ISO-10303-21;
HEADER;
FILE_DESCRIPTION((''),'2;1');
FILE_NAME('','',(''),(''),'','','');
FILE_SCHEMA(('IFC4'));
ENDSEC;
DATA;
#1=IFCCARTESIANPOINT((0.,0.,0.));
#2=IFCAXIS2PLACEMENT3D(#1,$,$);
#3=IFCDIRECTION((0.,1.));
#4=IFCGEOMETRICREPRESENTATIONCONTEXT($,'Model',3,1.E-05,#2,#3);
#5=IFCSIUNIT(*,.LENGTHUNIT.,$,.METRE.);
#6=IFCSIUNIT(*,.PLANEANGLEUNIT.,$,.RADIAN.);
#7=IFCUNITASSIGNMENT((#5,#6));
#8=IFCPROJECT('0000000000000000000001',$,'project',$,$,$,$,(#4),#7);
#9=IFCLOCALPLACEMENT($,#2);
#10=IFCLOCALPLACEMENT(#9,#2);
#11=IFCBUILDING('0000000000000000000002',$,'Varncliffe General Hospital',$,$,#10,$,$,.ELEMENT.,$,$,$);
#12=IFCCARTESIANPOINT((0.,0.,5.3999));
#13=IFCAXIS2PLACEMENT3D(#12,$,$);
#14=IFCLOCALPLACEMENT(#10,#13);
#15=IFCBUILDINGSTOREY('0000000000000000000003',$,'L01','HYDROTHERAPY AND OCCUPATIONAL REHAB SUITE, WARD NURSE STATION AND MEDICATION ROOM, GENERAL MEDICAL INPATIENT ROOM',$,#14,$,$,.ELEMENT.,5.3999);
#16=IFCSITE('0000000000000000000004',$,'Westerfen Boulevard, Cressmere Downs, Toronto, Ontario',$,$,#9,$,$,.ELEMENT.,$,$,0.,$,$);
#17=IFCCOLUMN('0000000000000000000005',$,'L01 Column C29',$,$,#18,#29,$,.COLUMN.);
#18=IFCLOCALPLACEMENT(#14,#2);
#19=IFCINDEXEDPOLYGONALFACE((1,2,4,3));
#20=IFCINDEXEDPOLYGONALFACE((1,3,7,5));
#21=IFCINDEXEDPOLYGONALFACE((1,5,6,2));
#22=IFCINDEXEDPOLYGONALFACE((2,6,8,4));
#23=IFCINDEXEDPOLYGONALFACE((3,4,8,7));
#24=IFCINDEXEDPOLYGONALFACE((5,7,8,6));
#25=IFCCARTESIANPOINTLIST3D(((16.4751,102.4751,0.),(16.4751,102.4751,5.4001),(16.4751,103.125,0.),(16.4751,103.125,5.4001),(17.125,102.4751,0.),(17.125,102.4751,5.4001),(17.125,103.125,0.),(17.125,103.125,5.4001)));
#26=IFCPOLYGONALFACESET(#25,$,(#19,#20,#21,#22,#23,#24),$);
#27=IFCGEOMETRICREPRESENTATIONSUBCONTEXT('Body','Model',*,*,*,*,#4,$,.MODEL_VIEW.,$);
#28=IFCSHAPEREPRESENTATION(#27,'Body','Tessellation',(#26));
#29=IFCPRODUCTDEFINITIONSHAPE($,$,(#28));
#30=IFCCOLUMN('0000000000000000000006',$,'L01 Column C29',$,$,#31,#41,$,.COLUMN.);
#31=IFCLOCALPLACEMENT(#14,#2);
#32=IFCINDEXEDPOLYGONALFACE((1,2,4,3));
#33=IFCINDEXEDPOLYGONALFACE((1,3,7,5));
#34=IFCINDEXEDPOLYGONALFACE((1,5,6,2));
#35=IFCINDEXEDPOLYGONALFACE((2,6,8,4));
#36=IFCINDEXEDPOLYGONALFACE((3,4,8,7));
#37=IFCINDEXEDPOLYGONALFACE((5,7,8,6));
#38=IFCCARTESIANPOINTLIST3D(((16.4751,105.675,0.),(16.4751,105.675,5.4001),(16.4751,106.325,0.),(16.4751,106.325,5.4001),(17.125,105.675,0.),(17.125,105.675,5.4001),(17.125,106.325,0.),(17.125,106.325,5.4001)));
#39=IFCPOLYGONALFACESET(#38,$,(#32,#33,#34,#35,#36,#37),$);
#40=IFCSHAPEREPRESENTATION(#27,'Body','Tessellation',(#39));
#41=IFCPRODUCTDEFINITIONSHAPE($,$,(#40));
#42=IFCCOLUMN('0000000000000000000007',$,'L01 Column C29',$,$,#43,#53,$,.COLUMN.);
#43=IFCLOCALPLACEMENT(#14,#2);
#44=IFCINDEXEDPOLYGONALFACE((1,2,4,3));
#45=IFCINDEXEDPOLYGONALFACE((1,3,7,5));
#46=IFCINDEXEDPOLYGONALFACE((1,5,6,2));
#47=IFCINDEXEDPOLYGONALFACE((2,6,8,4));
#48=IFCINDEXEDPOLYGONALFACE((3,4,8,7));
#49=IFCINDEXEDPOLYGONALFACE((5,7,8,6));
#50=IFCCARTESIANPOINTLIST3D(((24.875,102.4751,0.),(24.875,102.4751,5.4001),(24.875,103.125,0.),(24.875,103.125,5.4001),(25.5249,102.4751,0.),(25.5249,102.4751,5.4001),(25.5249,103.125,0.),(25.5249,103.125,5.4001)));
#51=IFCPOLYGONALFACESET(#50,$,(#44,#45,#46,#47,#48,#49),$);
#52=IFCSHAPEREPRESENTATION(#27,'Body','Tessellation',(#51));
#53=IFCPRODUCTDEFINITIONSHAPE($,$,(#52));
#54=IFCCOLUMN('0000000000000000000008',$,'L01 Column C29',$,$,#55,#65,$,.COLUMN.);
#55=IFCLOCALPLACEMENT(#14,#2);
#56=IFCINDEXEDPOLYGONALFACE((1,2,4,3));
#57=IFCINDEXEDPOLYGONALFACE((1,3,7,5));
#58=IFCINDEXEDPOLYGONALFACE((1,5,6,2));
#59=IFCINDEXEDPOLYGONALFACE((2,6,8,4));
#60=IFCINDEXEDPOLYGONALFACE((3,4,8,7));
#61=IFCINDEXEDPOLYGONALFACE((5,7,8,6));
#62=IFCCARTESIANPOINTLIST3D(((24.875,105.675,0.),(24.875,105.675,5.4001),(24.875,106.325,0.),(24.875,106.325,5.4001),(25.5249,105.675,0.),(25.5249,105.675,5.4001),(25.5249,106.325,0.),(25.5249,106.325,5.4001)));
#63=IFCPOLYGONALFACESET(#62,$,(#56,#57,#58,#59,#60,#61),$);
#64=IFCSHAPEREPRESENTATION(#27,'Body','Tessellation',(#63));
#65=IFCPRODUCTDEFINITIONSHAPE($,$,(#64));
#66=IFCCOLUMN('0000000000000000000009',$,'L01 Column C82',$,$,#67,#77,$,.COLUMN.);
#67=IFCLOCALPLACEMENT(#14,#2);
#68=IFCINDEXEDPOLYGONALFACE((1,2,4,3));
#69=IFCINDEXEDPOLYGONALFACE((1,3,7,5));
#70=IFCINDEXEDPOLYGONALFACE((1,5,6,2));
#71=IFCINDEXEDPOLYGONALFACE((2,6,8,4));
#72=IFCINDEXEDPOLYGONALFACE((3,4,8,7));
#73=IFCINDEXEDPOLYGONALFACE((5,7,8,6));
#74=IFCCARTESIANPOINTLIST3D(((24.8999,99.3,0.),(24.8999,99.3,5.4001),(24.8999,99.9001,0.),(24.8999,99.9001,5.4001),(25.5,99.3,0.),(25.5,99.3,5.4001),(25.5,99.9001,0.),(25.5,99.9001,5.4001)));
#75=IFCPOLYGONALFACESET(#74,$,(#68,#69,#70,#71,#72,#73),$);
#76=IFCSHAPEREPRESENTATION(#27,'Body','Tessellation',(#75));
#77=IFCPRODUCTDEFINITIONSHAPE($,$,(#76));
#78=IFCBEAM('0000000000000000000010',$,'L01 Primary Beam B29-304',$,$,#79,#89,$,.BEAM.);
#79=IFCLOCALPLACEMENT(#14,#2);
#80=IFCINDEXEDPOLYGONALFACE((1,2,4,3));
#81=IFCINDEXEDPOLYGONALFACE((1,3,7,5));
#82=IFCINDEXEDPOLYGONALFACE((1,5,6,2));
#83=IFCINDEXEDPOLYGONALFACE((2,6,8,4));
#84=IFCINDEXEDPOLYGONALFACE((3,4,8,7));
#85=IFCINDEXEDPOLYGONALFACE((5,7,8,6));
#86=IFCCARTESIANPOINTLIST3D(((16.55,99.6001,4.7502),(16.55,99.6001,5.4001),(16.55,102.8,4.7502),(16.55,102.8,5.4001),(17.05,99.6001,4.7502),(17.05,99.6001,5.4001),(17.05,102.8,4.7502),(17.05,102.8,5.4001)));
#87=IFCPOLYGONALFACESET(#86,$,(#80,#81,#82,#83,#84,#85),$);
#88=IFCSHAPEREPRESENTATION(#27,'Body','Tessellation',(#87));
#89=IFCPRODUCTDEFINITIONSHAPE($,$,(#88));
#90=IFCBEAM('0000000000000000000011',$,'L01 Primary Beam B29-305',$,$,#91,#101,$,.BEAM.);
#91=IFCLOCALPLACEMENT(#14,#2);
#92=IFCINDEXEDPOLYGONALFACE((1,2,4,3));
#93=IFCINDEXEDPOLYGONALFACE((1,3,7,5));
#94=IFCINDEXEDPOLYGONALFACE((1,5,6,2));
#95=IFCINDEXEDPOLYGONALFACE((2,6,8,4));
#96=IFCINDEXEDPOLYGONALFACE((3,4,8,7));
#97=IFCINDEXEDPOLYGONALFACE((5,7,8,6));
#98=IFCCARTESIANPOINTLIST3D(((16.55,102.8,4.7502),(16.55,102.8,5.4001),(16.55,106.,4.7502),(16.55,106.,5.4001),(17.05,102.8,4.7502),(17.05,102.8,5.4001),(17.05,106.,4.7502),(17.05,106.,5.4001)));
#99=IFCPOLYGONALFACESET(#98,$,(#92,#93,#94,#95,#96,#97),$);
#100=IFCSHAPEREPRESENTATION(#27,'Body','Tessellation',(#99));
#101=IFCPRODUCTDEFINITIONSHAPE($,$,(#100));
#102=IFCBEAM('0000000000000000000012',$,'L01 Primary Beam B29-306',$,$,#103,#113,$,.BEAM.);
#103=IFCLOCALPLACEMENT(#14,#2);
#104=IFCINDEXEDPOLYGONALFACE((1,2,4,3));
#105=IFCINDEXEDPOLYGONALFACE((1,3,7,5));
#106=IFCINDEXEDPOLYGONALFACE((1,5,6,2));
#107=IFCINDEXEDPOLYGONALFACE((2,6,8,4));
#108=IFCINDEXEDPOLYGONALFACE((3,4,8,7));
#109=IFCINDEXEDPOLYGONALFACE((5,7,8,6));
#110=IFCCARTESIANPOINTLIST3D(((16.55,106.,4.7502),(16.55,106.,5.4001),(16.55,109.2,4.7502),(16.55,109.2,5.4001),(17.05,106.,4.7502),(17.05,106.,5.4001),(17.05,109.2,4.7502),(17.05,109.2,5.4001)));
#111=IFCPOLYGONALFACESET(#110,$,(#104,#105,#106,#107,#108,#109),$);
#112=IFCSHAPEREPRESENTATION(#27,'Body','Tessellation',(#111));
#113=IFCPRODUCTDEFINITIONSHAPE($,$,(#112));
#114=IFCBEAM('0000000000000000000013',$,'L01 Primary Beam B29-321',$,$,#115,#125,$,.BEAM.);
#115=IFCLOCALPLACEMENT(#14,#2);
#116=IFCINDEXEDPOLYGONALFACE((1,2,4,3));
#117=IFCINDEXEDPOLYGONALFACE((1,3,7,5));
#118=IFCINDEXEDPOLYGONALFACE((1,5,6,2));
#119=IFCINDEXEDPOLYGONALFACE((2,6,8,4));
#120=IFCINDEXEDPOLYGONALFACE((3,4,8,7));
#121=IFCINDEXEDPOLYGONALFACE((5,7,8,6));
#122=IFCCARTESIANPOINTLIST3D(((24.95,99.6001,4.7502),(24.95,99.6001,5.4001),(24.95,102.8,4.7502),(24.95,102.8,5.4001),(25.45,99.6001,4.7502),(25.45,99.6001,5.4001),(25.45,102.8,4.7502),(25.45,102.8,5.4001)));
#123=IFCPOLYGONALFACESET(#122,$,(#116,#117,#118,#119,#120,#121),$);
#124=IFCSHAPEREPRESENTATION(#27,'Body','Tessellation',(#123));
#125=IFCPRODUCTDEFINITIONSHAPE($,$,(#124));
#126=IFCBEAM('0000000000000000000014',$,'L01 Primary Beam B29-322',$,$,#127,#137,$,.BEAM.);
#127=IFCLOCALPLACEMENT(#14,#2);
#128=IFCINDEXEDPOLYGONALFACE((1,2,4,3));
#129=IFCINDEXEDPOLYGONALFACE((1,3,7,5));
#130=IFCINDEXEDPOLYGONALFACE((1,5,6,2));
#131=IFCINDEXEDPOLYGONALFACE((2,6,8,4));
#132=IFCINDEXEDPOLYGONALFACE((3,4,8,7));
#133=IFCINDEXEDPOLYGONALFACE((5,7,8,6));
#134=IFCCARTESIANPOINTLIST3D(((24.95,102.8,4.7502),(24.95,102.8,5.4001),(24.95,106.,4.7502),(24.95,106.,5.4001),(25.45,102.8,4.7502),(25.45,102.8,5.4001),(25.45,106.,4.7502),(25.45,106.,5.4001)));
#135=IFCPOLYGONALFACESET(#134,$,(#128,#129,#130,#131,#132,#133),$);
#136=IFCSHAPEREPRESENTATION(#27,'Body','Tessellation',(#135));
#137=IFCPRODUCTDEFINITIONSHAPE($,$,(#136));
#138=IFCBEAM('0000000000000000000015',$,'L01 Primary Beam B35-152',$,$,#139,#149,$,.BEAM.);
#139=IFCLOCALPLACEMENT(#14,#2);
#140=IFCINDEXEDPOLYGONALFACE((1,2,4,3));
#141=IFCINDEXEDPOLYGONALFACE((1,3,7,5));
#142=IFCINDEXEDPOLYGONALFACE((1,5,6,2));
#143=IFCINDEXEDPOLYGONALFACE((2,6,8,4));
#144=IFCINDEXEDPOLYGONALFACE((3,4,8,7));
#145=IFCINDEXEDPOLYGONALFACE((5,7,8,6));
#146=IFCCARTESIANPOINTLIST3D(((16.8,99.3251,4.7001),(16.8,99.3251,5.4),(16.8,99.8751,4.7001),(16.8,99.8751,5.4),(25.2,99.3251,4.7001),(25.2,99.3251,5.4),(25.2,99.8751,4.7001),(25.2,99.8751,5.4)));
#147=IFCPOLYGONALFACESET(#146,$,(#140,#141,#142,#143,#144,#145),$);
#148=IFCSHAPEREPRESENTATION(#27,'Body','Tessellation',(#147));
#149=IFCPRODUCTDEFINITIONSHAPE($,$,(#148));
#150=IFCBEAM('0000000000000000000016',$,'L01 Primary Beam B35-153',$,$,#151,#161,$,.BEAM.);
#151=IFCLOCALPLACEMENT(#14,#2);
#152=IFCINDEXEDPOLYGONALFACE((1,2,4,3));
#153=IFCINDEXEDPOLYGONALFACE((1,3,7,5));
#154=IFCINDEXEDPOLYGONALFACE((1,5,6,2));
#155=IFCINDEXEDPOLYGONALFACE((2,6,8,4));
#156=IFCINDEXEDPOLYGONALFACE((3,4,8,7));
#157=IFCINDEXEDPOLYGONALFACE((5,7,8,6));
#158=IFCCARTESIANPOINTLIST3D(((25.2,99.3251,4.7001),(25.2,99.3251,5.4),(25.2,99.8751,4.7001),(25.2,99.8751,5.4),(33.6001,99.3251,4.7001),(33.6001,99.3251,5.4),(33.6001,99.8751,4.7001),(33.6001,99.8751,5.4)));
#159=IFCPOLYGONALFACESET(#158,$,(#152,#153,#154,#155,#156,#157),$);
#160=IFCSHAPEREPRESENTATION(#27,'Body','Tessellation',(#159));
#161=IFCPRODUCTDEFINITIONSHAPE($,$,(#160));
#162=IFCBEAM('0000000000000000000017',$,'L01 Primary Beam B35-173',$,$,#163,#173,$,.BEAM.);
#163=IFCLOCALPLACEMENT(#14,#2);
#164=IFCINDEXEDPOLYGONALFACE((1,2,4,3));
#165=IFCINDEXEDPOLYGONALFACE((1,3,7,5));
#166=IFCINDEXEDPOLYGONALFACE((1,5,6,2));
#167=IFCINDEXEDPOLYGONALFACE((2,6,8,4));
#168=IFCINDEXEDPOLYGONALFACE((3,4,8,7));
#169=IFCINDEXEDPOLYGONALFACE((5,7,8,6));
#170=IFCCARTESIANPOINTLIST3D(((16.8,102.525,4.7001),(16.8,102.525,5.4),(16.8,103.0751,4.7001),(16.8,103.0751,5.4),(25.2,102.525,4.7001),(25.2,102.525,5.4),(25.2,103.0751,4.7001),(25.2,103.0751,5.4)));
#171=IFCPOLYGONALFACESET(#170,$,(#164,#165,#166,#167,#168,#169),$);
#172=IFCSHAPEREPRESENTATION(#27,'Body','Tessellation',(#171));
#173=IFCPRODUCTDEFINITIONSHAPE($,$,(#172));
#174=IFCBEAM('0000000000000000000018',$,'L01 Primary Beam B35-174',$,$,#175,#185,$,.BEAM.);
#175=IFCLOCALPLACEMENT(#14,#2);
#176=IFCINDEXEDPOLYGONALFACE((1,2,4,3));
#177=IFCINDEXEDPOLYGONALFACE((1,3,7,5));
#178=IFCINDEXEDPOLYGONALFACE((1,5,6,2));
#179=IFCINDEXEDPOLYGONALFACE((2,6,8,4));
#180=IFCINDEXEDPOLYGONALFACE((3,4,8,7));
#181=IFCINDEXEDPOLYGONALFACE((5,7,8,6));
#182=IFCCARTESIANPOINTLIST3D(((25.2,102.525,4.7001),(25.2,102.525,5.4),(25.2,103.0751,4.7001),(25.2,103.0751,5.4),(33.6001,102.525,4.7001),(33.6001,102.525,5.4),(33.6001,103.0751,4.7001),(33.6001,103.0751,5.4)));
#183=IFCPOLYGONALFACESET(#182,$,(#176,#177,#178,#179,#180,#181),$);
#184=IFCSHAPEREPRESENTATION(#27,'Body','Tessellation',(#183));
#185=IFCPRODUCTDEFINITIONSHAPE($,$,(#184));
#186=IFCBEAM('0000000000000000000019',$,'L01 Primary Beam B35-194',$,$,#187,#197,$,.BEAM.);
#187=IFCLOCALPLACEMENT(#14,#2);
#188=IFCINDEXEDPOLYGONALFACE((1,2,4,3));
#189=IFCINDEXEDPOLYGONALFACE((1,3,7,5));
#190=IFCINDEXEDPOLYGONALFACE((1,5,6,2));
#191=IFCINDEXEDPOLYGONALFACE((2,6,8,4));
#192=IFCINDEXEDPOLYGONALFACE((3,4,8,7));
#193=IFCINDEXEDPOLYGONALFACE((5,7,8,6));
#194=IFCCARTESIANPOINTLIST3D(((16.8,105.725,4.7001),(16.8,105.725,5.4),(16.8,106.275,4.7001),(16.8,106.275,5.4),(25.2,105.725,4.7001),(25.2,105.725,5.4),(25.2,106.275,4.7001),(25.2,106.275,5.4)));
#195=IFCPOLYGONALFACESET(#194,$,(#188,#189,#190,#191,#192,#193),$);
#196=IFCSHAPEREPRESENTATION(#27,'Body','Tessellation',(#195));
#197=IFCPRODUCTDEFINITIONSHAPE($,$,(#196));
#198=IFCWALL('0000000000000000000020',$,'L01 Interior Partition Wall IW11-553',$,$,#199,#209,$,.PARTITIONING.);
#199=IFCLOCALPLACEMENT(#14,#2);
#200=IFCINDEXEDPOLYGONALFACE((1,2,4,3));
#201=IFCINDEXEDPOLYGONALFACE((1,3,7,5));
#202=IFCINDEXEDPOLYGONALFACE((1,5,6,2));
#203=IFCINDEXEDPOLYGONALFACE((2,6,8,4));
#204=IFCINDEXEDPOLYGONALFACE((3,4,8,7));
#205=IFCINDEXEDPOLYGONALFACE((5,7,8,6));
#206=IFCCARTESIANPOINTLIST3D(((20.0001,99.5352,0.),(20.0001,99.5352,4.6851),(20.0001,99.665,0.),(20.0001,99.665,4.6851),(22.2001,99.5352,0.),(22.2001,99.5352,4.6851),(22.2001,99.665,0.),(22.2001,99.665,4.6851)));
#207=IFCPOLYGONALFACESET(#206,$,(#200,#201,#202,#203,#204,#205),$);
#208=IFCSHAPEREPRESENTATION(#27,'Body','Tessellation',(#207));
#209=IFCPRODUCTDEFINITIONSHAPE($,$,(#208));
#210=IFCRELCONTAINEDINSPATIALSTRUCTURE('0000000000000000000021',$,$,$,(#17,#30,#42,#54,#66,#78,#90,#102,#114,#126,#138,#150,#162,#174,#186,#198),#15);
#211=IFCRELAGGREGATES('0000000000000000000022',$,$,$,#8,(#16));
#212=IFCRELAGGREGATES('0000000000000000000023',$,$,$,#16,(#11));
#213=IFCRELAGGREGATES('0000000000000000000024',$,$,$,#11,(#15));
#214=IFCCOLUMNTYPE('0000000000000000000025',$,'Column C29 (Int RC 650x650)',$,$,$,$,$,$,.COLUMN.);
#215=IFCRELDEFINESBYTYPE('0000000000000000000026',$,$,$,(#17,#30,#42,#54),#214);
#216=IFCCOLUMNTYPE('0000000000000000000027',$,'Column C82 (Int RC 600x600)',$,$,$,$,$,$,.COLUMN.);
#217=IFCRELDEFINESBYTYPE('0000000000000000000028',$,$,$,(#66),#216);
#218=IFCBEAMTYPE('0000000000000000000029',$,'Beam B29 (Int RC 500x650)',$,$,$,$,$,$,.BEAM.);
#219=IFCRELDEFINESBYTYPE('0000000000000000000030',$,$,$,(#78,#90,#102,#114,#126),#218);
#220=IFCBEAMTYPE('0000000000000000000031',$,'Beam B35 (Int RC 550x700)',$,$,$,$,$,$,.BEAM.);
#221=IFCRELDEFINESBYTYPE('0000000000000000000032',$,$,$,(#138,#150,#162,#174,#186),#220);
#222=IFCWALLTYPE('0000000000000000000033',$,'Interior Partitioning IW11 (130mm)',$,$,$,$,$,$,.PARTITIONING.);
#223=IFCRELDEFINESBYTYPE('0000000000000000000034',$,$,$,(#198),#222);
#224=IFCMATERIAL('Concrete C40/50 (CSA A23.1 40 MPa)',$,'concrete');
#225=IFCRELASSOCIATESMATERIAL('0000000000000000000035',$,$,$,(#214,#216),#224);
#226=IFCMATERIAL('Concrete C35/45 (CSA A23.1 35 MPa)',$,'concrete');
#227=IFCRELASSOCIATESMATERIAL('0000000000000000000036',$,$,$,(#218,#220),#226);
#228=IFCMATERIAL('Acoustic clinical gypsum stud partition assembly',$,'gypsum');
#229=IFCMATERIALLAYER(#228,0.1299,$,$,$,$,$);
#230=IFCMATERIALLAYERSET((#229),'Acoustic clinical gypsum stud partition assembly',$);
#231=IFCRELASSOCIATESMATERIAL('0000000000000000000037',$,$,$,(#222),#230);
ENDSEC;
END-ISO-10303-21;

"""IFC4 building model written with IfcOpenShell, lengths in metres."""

from ifc_helpers import new_model, si_unit, direction, frame, frame_2d, origin, origin_2d, place, context, subcontext, project, spatial, rectangle, extrude, material, layer, layer_set, material_profile, profile_set, type_object, element, save


model = new_model("IFC4")

# Units and contexts
model_context = context("Model", 3, precision=1e-05, world=origin(), true_north=direction((0.0, 1.0)))
body_context = subcontext(model_context, "Body", "Model", "MODEL_VIEW")
ifc_project = project(units=[si_unit("LENGTHUNIT", "METRE"), si_unit("PLANEANGLEUNIT", "RADIAN")], contexts=[model_context])

# Site, building, storey
site_placement = place(None, origin())
site = spatial("IfcSite", under=ifc_project, at=site_placement, Name="Westerfen Boulevard, Cressmere Downs, Toronto, Ontario", CompositionType="ELEMENT", RefElevation=0.0)
building_placement = place(site_placement, origin())
building = spatial("IfcBuilding", under=site, at=building_placement, Name="Varncliffe General Hospital", CompositionType="ELEMENT")
storey_placement = place(building_placement, frame((0.0, 0.0, 5.3999)))
storey = spatial("IfcBuildingStorey", under=building, at=storey_placement, Name="L01", Description="HYDROTHERAPY AND OCCUPATIONAL REHAB SUITE, WARD NURSE STATION AND MEDICATION ROOM, GENERAL MEDICAL INPATIENT ROOM", CompositionType="ELEMENT", Elevation=5.3999)

# Columns
ifc_material_1 = material(Name="Concrete C40/50 (CSA A23.1 40 MPa)", Category="concrete")
ifc_material_profile_1 = material_profile(ifc_material_1, rectangle(XDim=0.6499, YDim=0.6499, at=origin_2d()), Name="RC 650x650")
ifc_profile_set_1 = profile_set([ifc_material_profile_1], Name="Concrete C40/50 (CSA A23.1 40 MPa)")
column_type_1 = type_object("IfcColumnType", Name="Column C29 (Int RC 650x650)", PredefinedType="COLUMN", material=ifc_profile_set_1)
for number, where, z_axis, x_axis, name in (
    (1, (16.8, 102.8, 0.0), (0.0, 0.0, 1.0), (1.0, 0.0, 0.0), "L01 Column C29"),
    (2, (16.8, 106.0, 0.0), (0.0, 0.0, 1.0), (1.0, 0.0, 0.0), "L01 Column C29"),
    (3, (25.2, 102.8, 0.0), (0.0, 0.0, 1.0), (1.0, 0.0, 0.0), "L01 Column C29"),
    (4, (25.2, 106.0, 0.0), (0.0, 0.0, 1.0), (1.0, 0.0, 0.0), "L01 Column C29"),
):
    element("IfcColumn", number, at=place(storey_placement, frame(where, z_axis=z_axis, x_axis=x_axis)), inside=storey, type_object=column_type_1, Name=name, PredefinedType="COLUMN", context=body_context, shape_type="SweptSolid", body=[
        extrude(rectangle(XDim=0.6499, YDim=0.6499, at=origin_2d()), origin(), (0.0, 0.0, 1.0), 5.4001),
    ])
ifc_material_profile_2 = material_profile(ifc_material_1, rectangle(XDim=0.6001, YDim=0.6001, at=origin_2d()), Name="RC 600x600")
ifc_profile_set_2 = profile_set([ifc_material_profile_2], Name="Concrete C40/50 (CSA A23.1 40 MPa)")
column_type_2 = type_object("IfcColumnType", Name="Column C82 (Int RC 600x600)", PredefinedType="COLUMN", material=ifc_profile_set_2)
column_placement = place(storey_placement, frame((25.2, 99.6001, 0.0), z_axis=(0.0, 0.0, 1.0), x_axis=(1.0, 0.0, 0.0)))
element("IfcColumn", 5, at=column_placement, inside=storey, type_object=column_type_2, Name="L01 Column C82", PredefinedType="COLUMN", context=body_context, shape_type="SweptSolid", body=[
    extrude(rectangle(XDim=0.6001, YDim=0.6001, at=origin_2d()), origin(), (0.0, 0.0, 1.0), 5.4001),
])

# Beams
ifc_material_2 = material(Name="Concrete C35/45 (CSA A23.1 35 MPa)", Category="concrete")
ifc_material_profile_3 = material_profile(ifc_material_2, rectangle(XDim=0.5, YDim=0.6499, at=origin_2d()), Name="RC 500x650")
ifc_profile_set_3 = profile_set([ifc_material_profile_3], Name="Concrete C35/45 (CSA A23.1 35 MPa)")
beam_type_1 = type_object("IfcBeamType", Name="Beam B29 (Int RC 500x650)", PredefinedType="BEAM", material=ifc_profile_set_3)
for number, where, z_axis, x_axis, name in (
    (6, (16.8, 99.6001, 5.0752), (0.0, 1.0, 0.0), (-1.0, 0.0, 0.0), "L01 Primary Beam B29-304"),
    (7, (16.8, 102.8, 5.0752), (0.0, 1.0, 0.0), (-1.0, 0.0, 0.0), "L01 Primary Beam B29-305"),
    (8, (16.8, 106.0, 5.0752), (0.0, 1.0, 0.0), (-1.0, 0.0, 0.0), "L01 Primary Beam B29-306"),
    (9, (25.2, 99.6001, 5.0752), (0.0, 1.0, 0.0), (-1.0, 0.0, 0.0), "L01 Primary Beam B29-321"),
    (10, (25.2, 102.8, 5.0752), (0.0, 1.0, 0.0), (-1.0, 0.0, 0.0), "L01 Primary Beam B29-322"),
):
    element("IfcBeam", number, at=place(storey_placement, frame(where, z_axis=z_axis, x_axis=x_axis)), inside=storey, type_object=beam_type_1, Name=name, PredefinedType="BEAM", context=body_context, shape_type="SweptSolid", body=[
        extrude(rectangle(XDim=0.5, YDim=0.6499, at=origin_2d()), origin(), (0.0, 0.0, 1.0), 3.2),
    ])
ifc_material_profile_4 = material_profile(ifc_material_2, rectangle(XDim=0.55, YDim=0.7, at=origin_2d()), Name="RC 550x700")
ifc_profile_set_4 = profile_set([ifc_material_profile_4], Name="Concrete C35/45 (CSA A23.1 35 MPa)")
beam_type_2 = type_object("IfcBeamType", Name="Beam B35 (Int RC 550x700)", PredefinedType="BEAM", material=ifc_profile_set_4)
beam_1_placement = place(storey_placement, frame((16.8, 99.6001, 5.05), z_axis=(1.0, 0.0, 0.0), x_axis=(0.0, 1.0, 0.0)))
element("IfcBeam", 11, at=beam_1_placement, inside=storey, type_object=beam_type_2, Name="L01 Primary Beam B35-152", PredefinedType="BEAM", context=body_context, shape_type="SweptSolid", body=[
    extrude(rectangle(XDim=0.55, YDim=0.7, at=origin_2d()), origin(), (0.0, 0.0, 1.0), 8.3999),
])
beam_2_placement = place(storey_placement, frame((25.2, 99.6001, 5.05), z_axis=(1.0, 0.0, 0.0), x_axis=(0.0, 1.0, 0.0)))
element("IfcBeam", 12, at=beam_2_placement, inside=storey, type_object=beam_type_2, Name="L01 Primary Beam B35-153", PredefinedType="BEAM", context=body_context, shape_type="SweptSolid", body=[
    extrude(rectangle(XDim=0.55, YDim=0.7, at=origin_2d()), origin(), (0.0, 0.0, 1.0), 8.4001),
])
beam_3_placement = place(storey_placement, frame((16.8, 102.8, 5.05), z_axis=(1.0, 0.0, 0.0), x_axis=(0.0, 1.0, 0.0)))
element("IfcBeam", 13, at=beam_3_placement, inside=storey, type_object=beam_type_2, Name="L01 Primary Beam B35-173", PredefinedType="BEAM", context=body_context, shape_type="SweptSolid", body=[
    extrude(rectangle(XDim=0.55, YDim=0.7, at=origin_2d()), origin(), (0.0, 0.0, 1.0), 8.3999),
])
beam_4_placement = place(storey_placement, frame((25.2, 102.8, 5.05), z_axis=(1.0, 0.0, 0.0), x_axis=(0.0, 1.0, 0.0)))
element("IfcBeam", 14, at=beam_4_placement, inside=storey, type_object=beam_type_2, Name="L01 Primary Beam B35-174", PredefinedType="BEAM", context=body_context, shape_type="SweptSolid", body=[
    extrude(rectangle(XDim=0.55, YDim=0.7, at=origin_2d()), origin(), (0.0, 0.0, 1.0), 8.4001),
])
beam_5_placement = place(storey_placement, frame((16.8, 106.0, 5.05), z_axis=(1.0, 0.0, 0.0), x_axis=(0.0, 1.0, 0.0)))
element("IfcBeam", 15, at=beam_5_placement, inside=storey, type_object=beam_type_2, Name="L01 Primary Beam B35-194", PredefinedType="BEAM", context=body_context, shape_type="SweptSolid", body=[
    extrude(rectangle(XDim=0.55, YDim=0.7, at=origin_2d()), origin(), (0.0, 0.0, 1.0), 8.3999),
])

# Wall
ifc_material_3 = material(Name="Acoustic clinical gypsum stud partition assembly", Category="gypsum")
ifc_layer_1 = layer(ifc_material_3, 0.1299)
ifc_layer_set_1 = layer_set([ifc_layer_1], Name="Acoustic clinical gypsum stud partition assembly")
wall_type_1 = type_object("IfcWallType", Name="Interior Partitioning IW11 (130mm)", PredefinedType="PARTITIONING", material=ifc_layer_set_1)
wall_1_placement = place(storey_placement, frame((20.0, 99.6001, 0.0), z_axis=(0.0, 0.0, 1.0), x_axis=(1.0, 0.0, 0.0)))
element("IfcWall", 16, at=wall_1_placement, inside=storey, type_object=wall_type_1, Name="L01 Interior Partition Wall IW11-553", PredefinedType="PARTITIONING", context=body_context, shape_type="SweptSolid", body=[
    extrude(rectangle(XDim=2.2, YDim=0.1299, at=frame_2d((1.1001, 0.0))), origin(), (0.0, 0.0, 1.0), 4.6851),
])

save(model, "model.ifc")
